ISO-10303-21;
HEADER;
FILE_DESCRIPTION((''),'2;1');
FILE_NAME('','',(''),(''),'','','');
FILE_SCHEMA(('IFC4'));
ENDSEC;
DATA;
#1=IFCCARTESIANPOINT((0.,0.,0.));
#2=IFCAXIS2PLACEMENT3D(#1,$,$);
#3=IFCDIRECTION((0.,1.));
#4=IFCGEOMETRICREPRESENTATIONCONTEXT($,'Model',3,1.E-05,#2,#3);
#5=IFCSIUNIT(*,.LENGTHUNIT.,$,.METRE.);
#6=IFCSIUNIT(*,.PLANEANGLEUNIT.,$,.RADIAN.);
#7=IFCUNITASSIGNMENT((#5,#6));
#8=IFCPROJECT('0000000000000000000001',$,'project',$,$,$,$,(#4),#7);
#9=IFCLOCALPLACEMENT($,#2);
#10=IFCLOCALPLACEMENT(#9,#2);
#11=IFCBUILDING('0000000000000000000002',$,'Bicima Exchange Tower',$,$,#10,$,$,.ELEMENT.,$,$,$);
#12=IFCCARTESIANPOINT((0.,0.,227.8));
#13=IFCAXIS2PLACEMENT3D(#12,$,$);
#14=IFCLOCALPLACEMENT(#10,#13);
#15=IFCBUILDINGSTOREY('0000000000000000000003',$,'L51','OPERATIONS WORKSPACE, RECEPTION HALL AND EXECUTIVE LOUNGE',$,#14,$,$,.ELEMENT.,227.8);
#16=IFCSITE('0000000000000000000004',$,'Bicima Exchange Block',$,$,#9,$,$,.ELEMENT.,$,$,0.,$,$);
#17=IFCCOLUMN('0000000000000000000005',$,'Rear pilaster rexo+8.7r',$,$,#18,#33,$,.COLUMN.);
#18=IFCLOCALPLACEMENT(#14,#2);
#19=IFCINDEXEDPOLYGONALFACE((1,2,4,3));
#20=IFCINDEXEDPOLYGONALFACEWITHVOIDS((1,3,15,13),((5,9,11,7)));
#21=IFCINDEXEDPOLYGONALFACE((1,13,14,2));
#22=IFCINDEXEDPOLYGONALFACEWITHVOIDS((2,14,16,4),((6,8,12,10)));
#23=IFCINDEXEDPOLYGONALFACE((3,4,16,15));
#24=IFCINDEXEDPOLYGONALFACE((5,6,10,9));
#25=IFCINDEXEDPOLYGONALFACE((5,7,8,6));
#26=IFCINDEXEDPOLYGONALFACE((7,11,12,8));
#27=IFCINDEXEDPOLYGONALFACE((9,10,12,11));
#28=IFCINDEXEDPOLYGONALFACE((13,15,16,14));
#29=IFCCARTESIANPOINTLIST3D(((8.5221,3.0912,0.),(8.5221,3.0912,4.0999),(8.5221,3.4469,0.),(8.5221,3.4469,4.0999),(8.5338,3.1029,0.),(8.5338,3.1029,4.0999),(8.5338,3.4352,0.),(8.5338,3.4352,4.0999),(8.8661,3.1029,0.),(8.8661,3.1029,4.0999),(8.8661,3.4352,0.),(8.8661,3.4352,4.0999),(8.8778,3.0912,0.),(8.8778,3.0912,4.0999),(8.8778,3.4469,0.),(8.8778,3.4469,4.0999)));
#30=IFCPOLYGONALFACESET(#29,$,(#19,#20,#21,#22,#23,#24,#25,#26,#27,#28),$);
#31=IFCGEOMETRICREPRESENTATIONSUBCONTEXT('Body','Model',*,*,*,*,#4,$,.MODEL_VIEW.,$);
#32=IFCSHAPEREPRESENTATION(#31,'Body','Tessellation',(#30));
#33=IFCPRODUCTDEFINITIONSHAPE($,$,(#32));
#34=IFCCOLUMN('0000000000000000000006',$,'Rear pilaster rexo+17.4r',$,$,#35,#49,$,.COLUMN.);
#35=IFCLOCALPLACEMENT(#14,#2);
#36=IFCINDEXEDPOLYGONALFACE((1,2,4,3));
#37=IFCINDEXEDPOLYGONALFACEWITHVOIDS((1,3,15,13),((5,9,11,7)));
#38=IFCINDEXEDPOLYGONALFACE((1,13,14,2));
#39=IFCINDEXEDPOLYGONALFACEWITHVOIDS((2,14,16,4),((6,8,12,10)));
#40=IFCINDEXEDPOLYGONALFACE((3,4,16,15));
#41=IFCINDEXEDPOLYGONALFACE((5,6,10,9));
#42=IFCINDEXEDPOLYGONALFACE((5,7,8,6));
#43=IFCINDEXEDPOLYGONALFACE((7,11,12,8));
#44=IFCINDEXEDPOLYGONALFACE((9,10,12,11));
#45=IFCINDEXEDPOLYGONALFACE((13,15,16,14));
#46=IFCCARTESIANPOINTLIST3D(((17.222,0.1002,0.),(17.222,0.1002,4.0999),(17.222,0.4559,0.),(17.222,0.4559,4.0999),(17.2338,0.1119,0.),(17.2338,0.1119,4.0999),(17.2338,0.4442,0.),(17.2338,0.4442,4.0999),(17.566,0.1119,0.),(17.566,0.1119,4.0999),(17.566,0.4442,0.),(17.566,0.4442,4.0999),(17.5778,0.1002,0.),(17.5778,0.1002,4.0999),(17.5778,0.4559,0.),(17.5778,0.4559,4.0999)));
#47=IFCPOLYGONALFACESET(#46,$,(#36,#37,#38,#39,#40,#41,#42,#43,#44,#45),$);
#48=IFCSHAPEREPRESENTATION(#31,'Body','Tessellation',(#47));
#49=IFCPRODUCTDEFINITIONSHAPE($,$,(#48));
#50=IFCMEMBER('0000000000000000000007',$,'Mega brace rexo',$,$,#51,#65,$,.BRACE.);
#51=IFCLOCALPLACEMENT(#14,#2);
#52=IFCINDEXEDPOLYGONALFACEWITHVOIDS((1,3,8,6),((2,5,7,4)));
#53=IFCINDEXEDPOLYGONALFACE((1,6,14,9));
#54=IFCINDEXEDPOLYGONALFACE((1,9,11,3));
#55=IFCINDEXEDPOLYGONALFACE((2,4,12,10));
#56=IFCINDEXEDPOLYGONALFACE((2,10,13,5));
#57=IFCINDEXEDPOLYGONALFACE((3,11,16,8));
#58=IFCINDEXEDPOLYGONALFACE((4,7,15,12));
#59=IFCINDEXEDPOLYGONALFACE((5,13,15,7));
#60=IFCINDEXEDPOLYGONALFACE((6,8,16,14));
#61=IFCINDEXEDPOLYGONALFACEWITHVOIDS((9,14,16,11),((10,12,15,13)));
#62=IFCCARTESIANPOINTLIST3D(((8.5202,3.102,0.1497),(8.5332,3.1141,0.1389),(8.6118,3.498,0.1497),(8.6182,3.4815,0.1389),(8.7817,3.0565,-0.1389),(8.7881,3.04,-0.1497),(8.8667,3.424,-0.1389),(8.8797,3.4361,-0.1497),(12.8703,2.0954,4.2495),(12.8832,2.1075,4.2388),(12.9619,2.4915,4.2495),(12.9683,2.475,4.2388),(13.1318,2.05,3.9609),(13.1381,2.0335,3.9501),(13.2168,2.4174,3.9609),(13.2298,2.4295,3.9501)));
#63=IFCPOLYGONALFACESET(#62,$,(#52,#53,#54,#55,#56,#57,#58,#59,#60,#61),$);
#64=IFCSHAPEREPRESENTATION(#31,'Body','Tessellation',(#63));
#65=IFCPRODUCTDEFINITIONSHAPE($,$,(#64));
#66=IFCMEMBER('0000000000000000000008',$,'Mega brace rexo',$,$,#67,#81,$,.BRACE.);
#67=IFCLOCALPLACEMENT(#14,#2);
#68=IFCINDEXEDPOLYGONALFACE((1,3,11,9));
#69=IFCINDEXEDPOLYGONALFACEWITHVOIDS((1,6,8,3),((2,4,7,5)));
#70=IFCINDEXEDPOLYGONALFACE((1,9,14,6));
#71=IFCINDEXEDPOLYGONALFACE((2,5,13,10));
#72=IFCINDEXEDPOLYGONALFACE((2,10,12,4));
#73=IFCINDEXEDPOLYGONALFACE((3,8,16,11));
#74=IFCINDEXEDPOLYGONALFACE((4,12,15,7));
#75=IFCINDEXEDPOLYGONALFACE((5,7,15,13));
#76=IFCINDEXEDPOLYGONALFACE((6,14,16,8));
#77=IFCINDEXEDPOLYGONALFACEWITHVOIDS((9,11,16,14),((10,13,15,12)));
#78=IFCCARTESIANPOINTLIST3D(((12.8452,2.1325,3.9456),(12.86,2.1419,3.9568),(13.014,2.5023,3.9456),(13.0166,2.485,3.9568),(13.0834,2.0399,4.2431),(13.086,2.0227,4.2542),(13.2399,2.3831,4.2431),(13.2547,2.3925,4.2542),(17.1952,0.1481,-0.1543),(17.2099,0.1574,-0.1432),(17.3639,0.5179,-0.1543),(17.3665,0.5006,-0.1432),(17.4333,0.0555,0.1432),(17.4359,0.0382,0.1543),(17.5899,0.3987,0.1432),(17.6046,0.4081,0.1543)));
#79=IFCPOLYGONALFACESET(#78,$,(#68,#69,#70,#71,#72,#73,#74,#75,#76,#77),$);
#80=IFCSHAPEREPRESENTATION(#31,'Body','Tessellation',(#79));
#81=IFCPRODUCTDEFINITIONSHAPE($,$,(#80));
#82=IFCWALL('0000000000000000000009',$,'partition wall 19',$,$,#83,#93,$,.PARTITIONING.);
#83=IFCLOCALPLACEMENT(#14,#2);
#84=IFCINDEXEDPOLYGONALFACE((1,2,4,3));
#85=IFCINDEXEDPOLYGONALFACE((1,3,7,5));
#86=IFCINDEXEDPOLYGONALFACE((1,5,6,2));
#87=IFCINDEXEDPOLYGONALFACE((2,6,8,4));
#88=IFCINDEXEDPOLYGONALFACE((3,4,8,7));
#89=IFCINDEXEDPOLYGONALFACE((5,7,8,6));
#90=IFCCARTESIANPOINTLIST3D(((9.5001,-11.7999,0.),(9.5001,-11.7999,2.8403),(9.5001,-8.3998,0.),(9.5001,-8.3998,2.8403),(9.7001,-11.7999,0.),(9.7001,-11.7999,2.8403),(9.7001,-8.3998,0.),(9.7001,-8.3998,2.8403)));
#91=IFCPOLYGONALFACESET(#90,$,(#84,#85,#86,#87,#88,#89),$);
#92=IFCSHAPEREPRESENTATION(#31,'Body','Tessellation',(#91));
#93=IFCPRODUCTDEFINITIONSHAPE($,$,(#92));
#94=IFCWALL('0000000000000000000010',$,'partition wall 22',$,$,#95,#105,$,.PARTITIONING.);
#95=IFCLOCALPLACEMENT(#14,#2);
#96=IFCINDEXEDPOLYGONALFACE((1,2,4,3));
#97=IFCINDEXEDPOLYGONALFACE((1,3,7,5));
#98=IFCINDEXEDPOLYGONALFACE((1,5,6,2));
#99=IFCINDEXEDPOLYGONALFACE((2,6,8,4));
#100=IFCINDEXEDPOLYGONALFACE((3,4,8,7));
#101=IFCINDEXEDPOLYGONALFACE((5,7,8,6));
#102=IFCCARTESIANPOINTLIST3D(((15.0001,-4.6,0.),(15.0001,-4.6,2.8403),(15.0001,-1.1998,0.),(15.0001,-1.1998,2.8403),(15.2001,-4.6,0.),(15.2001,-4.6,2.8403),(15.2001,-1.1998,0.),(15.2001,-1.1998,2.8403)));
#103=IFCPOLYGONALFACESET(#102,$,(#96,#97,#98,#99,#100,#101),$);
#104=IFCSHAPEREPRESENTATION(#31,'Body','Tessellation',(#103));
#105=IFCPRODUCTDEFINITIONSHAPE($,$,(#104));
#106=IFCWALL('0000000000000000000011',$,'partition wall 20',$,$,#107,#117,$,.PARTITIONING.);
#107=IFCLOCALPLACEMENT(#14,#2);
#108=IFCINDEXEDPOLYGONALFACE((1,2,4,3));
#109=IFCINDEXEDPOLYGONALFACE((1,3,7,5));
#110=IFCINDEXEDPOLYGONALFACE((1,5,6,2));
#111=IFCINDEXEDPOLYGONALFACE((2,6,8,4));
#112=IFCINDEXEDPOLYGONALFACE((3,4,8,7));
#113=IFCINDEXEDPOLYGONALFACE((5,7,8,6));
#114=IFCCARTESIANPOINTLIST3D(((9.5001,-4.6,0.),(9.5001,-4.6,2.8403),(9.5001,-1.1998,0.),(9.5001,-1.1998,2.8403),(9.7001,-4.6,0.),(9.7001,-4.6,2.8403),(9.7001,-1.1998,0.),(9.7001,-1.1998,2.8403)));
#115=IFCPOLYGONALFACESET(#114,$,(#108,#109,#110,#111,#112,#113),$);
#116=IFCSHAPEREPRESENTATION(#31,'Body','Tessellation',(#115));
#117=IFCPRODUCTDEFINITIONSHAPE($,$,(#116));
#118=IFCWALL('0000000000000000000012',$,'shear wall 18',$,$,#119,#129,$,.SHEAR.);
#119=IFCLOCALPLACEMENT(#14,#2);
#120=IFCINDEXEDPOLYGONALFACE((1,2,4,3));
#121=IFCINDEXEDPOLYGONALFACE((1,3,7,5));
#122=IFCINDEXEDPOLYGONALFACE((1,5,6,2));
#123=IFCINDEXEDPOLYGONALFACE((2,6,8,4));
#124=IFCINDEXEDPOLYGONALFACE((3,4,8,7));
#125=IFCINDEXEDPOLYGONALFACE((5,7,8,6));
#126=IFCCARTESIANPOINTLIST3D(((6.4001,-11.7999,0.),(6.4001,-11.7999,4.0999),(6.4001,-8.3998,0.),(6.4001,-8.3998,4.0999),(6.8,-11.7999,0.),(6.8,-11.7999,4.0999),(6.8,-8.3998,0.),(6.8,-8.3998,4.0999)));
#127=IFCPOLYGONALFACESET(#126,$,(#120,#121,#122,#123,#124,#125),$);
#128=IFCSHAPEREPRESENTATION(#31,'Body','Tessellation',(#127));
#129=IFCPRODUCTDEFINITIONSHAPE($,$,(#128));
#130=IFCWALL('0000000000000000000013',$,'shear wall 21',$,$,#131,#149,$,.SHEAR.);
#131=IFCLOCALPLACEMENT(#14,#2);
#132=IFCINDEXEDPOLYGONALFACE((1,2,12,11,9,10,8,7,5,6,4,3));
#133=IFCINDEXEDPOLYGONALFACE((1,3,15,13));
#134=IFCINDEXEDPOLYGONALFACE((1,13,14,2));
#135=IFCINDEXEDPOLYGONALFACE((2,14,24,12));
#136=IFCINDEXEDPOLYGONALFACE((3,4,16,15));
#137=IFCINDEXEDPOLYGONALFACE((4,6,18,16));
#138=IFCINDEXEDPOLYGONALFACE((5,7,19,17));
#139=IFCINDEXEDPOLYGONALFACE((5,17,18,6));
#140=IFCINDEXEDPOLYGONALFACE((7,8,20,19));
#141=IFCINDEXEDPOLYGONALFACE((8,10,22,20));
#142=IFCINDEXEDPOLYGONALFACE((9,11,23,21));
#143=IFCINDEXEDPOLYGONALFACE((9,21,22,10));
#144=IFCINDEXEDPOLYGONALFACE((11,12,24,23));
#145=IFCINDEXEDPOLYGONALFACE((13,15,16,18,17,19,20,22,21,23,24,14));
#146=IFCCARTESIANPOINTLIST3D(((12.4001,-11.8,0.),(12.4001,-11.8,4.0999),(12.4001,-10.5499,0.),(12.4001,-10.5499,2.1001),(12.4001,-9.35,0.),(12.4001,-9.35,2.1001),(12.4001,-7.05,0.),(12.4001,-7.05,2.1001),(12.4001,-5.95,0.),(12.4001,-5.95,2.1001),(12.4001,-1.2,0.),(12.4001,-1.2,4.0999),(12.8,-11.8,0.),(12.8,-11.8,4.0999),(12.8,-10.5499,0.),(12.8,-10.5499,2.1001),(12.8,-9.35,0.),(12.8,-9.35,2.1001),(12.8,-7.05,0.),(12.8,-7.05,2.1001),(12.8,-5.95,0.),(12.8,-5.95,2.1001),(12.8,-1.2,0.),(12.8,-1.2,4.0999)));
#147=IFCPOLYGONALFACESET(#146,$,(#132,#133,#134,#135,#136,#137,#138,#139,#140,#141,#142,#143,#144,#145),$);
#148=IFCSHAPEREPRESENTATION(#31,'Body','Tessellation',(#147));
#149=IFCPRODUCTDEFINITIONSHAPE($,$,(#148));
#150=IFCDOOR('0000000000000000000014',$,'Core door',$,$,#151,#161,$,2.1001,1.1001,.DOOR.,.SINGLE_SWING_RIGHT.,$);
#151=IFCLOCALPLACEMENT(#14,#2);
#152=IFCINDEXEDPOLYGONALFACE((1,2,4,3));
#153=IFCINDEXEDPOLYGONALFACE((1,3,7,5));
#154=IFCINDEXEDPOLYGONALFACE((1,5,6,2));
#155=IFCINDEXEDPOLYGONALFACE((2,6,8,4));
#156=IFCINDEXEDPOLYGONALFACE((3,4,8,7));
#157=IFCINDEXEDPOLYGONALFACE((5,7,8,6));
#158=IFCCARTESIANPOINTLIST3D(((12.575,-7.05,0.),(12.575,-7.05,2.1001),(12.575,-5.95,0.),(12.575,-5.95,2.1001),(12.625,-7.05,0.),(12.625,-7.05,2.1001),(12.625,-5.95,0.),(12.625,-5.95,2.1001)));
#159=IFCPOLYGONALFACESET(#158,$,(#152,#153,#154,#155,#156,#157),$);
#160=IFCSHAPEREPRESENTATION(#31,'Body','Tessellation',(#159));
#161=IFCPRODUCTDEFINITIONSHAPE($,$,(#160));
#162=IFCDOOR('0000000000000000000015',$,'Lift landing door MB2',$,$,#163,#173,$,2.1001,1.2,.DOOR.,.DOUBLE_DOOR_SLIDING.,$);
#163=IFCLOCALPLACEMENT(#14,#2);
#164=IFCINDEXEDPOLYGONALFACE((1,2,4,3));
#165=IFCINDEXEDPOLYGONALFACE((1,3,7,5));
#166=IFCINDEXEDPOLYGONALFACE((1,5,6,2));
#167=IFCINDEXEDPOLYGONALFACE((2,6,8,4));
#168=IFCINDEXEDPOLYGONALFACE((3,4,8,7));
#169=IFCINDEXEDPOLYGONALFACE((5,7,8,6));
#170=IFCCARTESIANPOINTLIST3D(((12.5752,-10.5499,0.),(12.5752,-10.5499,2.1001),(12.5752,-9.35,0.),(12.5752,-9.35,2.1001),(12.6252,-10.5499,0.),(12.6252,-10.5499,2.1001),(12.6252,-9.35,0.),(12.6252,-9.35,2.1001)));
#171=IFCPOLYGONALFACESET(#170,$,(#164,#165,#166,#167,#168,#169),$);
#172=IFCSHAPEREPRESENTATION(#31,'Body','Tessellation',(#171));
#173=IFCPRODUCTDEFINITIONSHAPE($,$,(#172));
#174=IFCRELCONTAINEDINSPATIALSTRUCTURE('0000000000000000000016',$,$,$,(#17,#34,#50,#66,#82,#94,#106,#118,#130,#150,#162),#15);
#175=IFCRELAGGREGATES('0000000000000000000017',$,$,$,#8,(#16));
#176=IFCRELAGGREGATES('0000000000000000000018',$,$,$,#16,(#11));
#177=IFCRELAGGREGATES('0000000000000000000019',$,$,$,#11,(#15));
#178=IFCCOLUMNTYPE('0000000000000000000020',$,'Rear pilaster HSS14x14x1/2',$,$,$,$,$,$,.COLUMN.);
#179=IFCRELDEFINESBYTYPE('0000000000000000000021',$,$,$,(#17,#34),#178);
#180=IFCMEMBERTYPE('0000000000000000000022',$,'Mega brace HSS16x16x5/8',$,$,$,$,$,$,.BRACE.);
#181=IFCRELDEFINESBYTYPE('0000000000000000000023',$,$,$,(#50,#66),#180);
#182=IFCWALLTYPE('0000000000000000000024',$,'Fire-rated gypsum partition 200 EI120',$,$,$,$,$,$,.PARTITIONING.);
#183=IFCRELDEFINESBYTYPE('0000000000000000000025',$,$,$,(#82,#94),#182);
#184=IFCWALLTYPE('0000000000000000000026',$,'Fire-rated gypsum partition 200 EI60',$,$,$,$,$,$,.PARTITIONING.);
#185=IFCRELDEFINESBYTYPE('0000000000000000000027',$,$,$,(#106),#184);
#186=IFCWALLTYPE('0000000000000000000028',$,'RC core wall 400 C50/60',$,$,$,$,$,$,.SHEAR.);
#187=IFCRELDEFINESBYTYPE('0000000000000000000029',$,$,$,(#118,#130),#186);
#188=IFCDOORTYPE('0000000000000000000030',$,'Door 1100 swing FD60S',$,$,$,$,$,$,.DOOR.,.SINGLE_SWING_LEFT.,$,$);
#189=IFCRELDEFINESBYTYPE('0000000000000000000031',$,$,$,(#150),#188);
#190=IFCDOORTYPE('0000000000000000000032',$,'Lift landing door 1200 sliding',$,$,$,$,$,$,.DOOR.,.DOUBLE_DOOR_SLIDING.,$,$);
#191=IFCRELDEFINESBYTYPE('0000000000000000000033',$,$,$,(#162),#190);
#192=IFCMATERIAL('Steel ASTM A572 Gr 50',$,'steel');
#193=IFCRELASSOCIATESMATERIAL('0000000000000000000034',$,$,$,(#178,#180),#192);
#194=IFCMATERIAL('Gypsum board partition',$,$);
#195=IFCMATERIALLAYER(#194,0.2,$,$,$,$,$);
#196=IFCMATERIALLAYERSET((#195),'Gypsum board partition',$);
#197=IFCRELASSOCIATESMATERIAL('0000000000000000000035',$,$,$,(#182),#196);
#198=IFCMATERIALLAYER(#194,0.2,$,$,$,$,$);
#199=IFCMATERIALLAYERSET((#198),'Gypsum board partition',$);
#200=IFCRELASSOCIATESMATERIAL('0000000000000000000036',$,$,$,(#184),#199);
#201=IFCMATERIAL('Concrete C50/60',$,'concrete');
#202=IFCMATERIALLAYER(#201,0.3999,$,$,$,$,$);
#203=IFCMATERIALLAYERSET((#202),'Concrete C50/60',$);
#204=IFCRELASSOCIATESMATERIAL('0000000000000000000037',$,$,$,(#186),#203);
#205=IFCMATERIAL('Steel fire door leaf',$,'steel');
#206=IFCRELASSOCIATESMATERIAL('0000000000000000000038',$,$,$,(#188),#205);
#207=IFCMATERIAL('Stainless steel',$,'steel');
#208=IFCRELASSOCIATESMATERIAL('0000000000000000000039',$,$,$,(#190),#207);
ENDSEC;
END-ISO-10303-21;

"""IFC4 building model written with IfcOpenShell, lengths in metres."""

from ifc_helpers import new_model, si_unit, direction, frame, frame_2d, origin, origin_2d, place, context, subcontext, project, spatial, rectangle, hollow_rectangle, extrude, material, layer, layer_set, material_profile, profile_set, type_object, element, fill, save


model = new_model("IFC4")

# Units and contexts
model_context = context("Model", 3, precision=1e-05, world=origin(), true_north=direction((0.0, 1.0)))
body_context = subcontext(model_context, "Body", "Model", "MODEL_VIEW")
ifc_project = project(units=[si_unit("LENGTHUNIT", "METRE"), si_unit("PLANEANGLEUNIT", "RADIAN")], contexts=[model_context])

# Site, building, storey
site_placement = place(None, origin())
site = spatial("IfcSite", under=ifc_project, at=site_placement, Name="Bicima Exchange Block", CompositionType="ELEMENT", RefElevation=0.0)
building_placement = place(site_placement, origin())
building = spatial("IfcBuilding", under=site, at=building_placement, Name="Bicima Exchange Tower", CompositionType="ELEMENT")
storey_placement = place(building_placement, frame((0.0, 0.0, 227.8)))
storey = spatial("IfcBuildingStorey", under=building, at=storey_placement, Name="L51", Description="OPERATIONS WORKSPACE, RECEPTION HALL AND EXECUTIVE LOUNGE", CompositionType="ELEMENT", Elevation=227.8)

# Columns
ifc_material_1 = material(Name="Steel ASTM A572 Gr 50", Category="steel")
ifc_material_profile_1 = material_profile(ifc_material_1, hollow_rectangle(XDim=0.3557, YDim=0.3557, WallThickness=0.0117, at=origin_2d()))
ifc_profile_set_1 = profile_set([ifc_material_profile_1], Name="Steel ASTM A572 Gr 50")
column_type = type_object("IfcColumnType", Name="Rear pilaster HSS14x14x1/2", PredefinedType="COLUMN", material=ifc_profile_set_1)
for number, where, z_axis, x_axis, name in (
    (1, (8.7, 3.269, 0.0), (0.0, 0.0, 1.0), (1.0, 0.0, 0.0), "Rear pilaster rexo+8.7r"),
    (2, (17.3999, 0.2781, 0.0), (0.0, 0.0, 1.0), (1.0, 0.0, 0.0), "Rear pilaster rexo+17.4r"),
):
    element("IfcColumn", number, at=place(storey_placement, frame(where, z_axis=z_axis, x_axis=x_axis)), inside=storey, type_object=column_type, Name=name, PredefinedType="COLUMN", context=body_context, shape_type="SweptSolid", body=[
        extrude(hollow_rectangle(XDim=0.3557, YDim=0.3557, WallThickness=0.0117, at=origin_2d()), origin(), (0.0, 0.0, 1.0), 4.0999),
    ])

# Members
ifc_material_profile_2 = material_profile(ifc_material_1, hollow_rectangle(XDim=0.4065, YDim=0.4065, WallThickness=0.0146, at=origin_2d()))
ifc_profile_set_2 = profile_set([ifc_material_profile_2], Name="Steel ASTM A572 Gr 50")
member_type = type_object("IfcMemberType", Name="Mega brace HSS16x16x5/8", PredefinedType="BRACE", material=ifc_profile_set_2)
member_1_placement = place(storey_placement, frame((8.7, 3.269, 0.0), z_axis=(0.717625, -0.166055, 0.676343), x_axis=(0.225439, 0.974257, 0.0)))
element("IfcMember", 3, at=member_1_placement, inside=storey, type_object=member_type, Name="Mega brace rexo", PredefinedType="BRACE", context=body_context, shape_type="SweptSolid", body=[
    extrude(hollow_rectangle(XDim=0.4065, YDim=0.4065, WallThickness=0.0146, at=origin_2d()), origin(), (0.0, 0.0, 1.0), 6.0618),
])
member_2_placement = place(storey_placement, frame((17.3999, 0.2781, 0.0), z_axis=(-0.690646, 0.315068, 0.650953), x_axis=(-0.415045, -0.909801, 0.0)))
element("IfcMember", 4, at=member_2_placement, inside=storey, type_object=member_type, Name="Mega brace rexo", PredefinedType="BRACE", context=body_context, shape_type="SweptSolid", body=[
    extrude(hollow_rectangle(XDim=0.4065, YDim=0.4065, WallThickness=0.0146, at=origin_2d()), origin(), (0.0, 0.0, 1.0), 6.2983),
])

# Walls
ifc_material_2 = material(Name="Gypsum board partition")
ifc_layer_1 = layer(ifc_material_2, 0.2)
ifc_layer_set_1 = layer_set([ifc_layer_1], Name="Gypsum board partition")
wall_type_1 = type_object("IfcWallType", Name="Fire-rated gypsum partition 200 EI120", PredefinedType="PARTITIONING", material=ifc_layer_set_1)
for number, where, z_axis, x_axis, name in (
    (5, (9.6001, -11.8, 0.0), (0.0, 0.0, 1.0), (0.0, 1.0, 0.0), "partition wall 19"),
    (6, (15.1001, -4.6001, 0.0), (0.0, 0.0, 1.0), (0.0, 1.0, 0.0), "partition wall 22"),
):
    element("IfcWall", number, at=place(storey_placement, frame(where, z_axis=z_axis, x_axis=x_axis)), inside=storey, type_object=wall_type_1, Name=name, PredefinedType="PARTITIONING", context=body_context, shape_type="SweptSolid", body=[
        extrude(rectangle(XDim=3.4001, YDim=0.2, at=frame_2d((1.7002, 0.0))), origin(), (0.0, 0.0, 1.0), 2.8403),
    ])
ifc_layer_2 = layer(ifc_material_2, 0.2)
ifc_layer_set_2 = layer_set([ifc_layer_2], Name="Gypsum board partition")
wall_type_2 = type_object("IfcWallType", Name="Fire-rated gypsum partition 200 EI60", PredefinedType="PARTITIONING", material=ifc_layer_set_2)
wall_1_placement = place(storey_placement, frame((9.6001, -4.6001, 0.0), z_axis=(0.0, 0.0, 1.0), x_axis=(0.0, 1.0, 0.0)))
element("IfcWall", 7, at=wall_1_placement, inside=storey, type_object=wall_type_2, Name="partition wall 20", PredefinedType="PARTITIONING", context=body_context, shape_type="SweptSolid", body=[
    extrude(rectangle(XDim=3.4001, YDim=0.2, at=frame_2d((1.7002, 0.0))), origin(), (0.0, 0.0, 1.0), 2.8403),
])
ifc_material_3 = material(Name="Concrete C50/60", Category="concrete")
ifc_layer_3 = layer(ifc_material_3, 0.3999)
ifc_layer_set_3 = layer_set([ifc_layer_3], Name="Concrete C50/60")
wall_type_3 = type_object("IfcWallType", Name="RC core wall 400 C50/60", PredefinedType="SHEAR", material=ifc_layer_set_3)
wall_2_placement = place(storey_placement, frame((6.6001, -11.8, 0.0), z_axis=(0.0, 0.0, 1.0), x_axis=(0.0, 1.0, 0.0)))
element("IfcWall", 8, at=wall_2_placement, inside=storey, type_object=wall_type_3, Name="shear wall 18", PredefinedType="SHEAR", context=body_context, shape_type="SweptSolid", body=[
    extrude(rectangle(XDim=3.4001, YDim=0.3999, at=frame_2d((1.7002, 0.0))), origin(), (0.0, 0.0, 1.0), 4.0999),
])

# Wall, openings, doors
wall_3_placement = place(storey_placement, frame((12.6001, -11.8, 0.0), z_axis=(0.0, 0.0, 1.0), x_axis=(0.0, 1.0, 0.0)))
wall_3 = element("IfcWall", 9, at=wall_3_placement, inside=storey, type_object=wall_type_3, Name="shear wall 21", PredefinedType="SHEAR", context=body_context, shape_type="SweptSolid", body=[
    extrude(rectangle(XDim=10.6001, YDim=0.3999, at=frame_2d((5.3, 0.0))), origin(), (0.0, 0.0, 1.0), 4.0999),
])
opening_1_placement = place(wall_3_placement, frame((1.25, 0.0, 0.0)))
opening_1 = element("IfcOpeningElement", 10, at=opening_1_placement, cuts=wall_3, PredefinedType="OPENING", context=body_context, shape_type="SweptSolid", body=[
    extrude(rectangle(XDim=1.2, YDim=2.1001, at=frame_2d((0.6001, 1.05))), frame((0.0, 0.2119, 0.0), z_axis=(0.0, -1.0, 0.0), x_axis=(1.0, 0.0, 0.0)), (0.0, 0.0, 1.0), 0.4238),
])
opening_2_placement = place(wall_3_placement, frame((4.75, 0.0, 0.0)))
opening_2 = element("IfcOpeningElement", 11, at=opening_2_placement, cuts=wall_3, PredefinedType="OPENING", context=body_context, shape_type="SweptSolid", body=[
    extrude(rectangle(XDim=1.1001, YDim=2.1001, at=frame_2d((0.55, 1.05))), frame((0.0, 0.2119, 0.0), z_axis=(0.0, -1.0, 0.0), x_axis=(1.0, 0.0, 0.0)), (0.0, 0.0, 1.0), 0.4238),
])
ifc_material_4 = material(Name="Steel fire door leaf", Category="steel")
door_type_1 = type_object("IfcDoorType", Name="Door 1100 swing FD60S", OperationType="SINGLE_SWING_LEFT", PredefinedType="DOOR", material=ifc_material_4)
door_1_placement = place(opening_2_placement, frame((1.1001, 0.0, 0.0), z_axis=(0.0, 0.0, 1.0), x_axis=(-1.0, 0.0, 0.0)))
door_1 = element("IfcDoor", 12, at=door_1_placement, inside=storey, type_object=door_type_1, Name="Core door", OperationType="SINGLE_SWING_RIGHT", OverallHeight=2.1001, OverallWidth=1.1001, PredefinedType="DOOR", context=body_context, shape_type="SweptSolid", body=[
    extrude(rectangle(XDim=1.1001, YDim=2.1001, at=frame_2d((0.55, 1.05))), frame((0.0, 0.0249, 0.0), z_axis=(0.0, -1.0, 0.0), x_axis=(1.0, 0.0, 0.0)), (0.0, 0.0, 1.0), 0.05),
])
fill(opening_2, door_1)
ifc_material_5 = material(Name="Stainless steel", Category="steel")
door_type_2 = type_object("IfcDoorType", Name="Lift landing door 1200 sliding", OperationType="DOUBLE_DOOR_SLIDING", PredefinedType="DOOR", material=ifc_material_5)
door_2_placement = place(opening_1_placement, origin())
door_2 = element("IfcDoor", 13, at=door_2_placement, inside=storey, type_object=door_type_2, Name="Lift landing door MB2", OperationType="DOUBLE_DOOR_SLIDING", OverallHeight=2.1001, OverallWidth=1.2, PredefinedType="DOOR", context=body_context, shape_type="SweptSolid", body=[
    extrude(rectangle(XDim=1.2, YDim=2.1001, at=frame_2d((0.6001, 1.05))), frame((0.0, 0.0249, 0.0), z_axis=(0.0, -1.0, 0.0), x_axis=(1.0, 0.0, 0.0)), (0.0, 0.0, 1.0), 0.05),
])
fill(opening_1, door_2)

save(model, "model.ifc")
